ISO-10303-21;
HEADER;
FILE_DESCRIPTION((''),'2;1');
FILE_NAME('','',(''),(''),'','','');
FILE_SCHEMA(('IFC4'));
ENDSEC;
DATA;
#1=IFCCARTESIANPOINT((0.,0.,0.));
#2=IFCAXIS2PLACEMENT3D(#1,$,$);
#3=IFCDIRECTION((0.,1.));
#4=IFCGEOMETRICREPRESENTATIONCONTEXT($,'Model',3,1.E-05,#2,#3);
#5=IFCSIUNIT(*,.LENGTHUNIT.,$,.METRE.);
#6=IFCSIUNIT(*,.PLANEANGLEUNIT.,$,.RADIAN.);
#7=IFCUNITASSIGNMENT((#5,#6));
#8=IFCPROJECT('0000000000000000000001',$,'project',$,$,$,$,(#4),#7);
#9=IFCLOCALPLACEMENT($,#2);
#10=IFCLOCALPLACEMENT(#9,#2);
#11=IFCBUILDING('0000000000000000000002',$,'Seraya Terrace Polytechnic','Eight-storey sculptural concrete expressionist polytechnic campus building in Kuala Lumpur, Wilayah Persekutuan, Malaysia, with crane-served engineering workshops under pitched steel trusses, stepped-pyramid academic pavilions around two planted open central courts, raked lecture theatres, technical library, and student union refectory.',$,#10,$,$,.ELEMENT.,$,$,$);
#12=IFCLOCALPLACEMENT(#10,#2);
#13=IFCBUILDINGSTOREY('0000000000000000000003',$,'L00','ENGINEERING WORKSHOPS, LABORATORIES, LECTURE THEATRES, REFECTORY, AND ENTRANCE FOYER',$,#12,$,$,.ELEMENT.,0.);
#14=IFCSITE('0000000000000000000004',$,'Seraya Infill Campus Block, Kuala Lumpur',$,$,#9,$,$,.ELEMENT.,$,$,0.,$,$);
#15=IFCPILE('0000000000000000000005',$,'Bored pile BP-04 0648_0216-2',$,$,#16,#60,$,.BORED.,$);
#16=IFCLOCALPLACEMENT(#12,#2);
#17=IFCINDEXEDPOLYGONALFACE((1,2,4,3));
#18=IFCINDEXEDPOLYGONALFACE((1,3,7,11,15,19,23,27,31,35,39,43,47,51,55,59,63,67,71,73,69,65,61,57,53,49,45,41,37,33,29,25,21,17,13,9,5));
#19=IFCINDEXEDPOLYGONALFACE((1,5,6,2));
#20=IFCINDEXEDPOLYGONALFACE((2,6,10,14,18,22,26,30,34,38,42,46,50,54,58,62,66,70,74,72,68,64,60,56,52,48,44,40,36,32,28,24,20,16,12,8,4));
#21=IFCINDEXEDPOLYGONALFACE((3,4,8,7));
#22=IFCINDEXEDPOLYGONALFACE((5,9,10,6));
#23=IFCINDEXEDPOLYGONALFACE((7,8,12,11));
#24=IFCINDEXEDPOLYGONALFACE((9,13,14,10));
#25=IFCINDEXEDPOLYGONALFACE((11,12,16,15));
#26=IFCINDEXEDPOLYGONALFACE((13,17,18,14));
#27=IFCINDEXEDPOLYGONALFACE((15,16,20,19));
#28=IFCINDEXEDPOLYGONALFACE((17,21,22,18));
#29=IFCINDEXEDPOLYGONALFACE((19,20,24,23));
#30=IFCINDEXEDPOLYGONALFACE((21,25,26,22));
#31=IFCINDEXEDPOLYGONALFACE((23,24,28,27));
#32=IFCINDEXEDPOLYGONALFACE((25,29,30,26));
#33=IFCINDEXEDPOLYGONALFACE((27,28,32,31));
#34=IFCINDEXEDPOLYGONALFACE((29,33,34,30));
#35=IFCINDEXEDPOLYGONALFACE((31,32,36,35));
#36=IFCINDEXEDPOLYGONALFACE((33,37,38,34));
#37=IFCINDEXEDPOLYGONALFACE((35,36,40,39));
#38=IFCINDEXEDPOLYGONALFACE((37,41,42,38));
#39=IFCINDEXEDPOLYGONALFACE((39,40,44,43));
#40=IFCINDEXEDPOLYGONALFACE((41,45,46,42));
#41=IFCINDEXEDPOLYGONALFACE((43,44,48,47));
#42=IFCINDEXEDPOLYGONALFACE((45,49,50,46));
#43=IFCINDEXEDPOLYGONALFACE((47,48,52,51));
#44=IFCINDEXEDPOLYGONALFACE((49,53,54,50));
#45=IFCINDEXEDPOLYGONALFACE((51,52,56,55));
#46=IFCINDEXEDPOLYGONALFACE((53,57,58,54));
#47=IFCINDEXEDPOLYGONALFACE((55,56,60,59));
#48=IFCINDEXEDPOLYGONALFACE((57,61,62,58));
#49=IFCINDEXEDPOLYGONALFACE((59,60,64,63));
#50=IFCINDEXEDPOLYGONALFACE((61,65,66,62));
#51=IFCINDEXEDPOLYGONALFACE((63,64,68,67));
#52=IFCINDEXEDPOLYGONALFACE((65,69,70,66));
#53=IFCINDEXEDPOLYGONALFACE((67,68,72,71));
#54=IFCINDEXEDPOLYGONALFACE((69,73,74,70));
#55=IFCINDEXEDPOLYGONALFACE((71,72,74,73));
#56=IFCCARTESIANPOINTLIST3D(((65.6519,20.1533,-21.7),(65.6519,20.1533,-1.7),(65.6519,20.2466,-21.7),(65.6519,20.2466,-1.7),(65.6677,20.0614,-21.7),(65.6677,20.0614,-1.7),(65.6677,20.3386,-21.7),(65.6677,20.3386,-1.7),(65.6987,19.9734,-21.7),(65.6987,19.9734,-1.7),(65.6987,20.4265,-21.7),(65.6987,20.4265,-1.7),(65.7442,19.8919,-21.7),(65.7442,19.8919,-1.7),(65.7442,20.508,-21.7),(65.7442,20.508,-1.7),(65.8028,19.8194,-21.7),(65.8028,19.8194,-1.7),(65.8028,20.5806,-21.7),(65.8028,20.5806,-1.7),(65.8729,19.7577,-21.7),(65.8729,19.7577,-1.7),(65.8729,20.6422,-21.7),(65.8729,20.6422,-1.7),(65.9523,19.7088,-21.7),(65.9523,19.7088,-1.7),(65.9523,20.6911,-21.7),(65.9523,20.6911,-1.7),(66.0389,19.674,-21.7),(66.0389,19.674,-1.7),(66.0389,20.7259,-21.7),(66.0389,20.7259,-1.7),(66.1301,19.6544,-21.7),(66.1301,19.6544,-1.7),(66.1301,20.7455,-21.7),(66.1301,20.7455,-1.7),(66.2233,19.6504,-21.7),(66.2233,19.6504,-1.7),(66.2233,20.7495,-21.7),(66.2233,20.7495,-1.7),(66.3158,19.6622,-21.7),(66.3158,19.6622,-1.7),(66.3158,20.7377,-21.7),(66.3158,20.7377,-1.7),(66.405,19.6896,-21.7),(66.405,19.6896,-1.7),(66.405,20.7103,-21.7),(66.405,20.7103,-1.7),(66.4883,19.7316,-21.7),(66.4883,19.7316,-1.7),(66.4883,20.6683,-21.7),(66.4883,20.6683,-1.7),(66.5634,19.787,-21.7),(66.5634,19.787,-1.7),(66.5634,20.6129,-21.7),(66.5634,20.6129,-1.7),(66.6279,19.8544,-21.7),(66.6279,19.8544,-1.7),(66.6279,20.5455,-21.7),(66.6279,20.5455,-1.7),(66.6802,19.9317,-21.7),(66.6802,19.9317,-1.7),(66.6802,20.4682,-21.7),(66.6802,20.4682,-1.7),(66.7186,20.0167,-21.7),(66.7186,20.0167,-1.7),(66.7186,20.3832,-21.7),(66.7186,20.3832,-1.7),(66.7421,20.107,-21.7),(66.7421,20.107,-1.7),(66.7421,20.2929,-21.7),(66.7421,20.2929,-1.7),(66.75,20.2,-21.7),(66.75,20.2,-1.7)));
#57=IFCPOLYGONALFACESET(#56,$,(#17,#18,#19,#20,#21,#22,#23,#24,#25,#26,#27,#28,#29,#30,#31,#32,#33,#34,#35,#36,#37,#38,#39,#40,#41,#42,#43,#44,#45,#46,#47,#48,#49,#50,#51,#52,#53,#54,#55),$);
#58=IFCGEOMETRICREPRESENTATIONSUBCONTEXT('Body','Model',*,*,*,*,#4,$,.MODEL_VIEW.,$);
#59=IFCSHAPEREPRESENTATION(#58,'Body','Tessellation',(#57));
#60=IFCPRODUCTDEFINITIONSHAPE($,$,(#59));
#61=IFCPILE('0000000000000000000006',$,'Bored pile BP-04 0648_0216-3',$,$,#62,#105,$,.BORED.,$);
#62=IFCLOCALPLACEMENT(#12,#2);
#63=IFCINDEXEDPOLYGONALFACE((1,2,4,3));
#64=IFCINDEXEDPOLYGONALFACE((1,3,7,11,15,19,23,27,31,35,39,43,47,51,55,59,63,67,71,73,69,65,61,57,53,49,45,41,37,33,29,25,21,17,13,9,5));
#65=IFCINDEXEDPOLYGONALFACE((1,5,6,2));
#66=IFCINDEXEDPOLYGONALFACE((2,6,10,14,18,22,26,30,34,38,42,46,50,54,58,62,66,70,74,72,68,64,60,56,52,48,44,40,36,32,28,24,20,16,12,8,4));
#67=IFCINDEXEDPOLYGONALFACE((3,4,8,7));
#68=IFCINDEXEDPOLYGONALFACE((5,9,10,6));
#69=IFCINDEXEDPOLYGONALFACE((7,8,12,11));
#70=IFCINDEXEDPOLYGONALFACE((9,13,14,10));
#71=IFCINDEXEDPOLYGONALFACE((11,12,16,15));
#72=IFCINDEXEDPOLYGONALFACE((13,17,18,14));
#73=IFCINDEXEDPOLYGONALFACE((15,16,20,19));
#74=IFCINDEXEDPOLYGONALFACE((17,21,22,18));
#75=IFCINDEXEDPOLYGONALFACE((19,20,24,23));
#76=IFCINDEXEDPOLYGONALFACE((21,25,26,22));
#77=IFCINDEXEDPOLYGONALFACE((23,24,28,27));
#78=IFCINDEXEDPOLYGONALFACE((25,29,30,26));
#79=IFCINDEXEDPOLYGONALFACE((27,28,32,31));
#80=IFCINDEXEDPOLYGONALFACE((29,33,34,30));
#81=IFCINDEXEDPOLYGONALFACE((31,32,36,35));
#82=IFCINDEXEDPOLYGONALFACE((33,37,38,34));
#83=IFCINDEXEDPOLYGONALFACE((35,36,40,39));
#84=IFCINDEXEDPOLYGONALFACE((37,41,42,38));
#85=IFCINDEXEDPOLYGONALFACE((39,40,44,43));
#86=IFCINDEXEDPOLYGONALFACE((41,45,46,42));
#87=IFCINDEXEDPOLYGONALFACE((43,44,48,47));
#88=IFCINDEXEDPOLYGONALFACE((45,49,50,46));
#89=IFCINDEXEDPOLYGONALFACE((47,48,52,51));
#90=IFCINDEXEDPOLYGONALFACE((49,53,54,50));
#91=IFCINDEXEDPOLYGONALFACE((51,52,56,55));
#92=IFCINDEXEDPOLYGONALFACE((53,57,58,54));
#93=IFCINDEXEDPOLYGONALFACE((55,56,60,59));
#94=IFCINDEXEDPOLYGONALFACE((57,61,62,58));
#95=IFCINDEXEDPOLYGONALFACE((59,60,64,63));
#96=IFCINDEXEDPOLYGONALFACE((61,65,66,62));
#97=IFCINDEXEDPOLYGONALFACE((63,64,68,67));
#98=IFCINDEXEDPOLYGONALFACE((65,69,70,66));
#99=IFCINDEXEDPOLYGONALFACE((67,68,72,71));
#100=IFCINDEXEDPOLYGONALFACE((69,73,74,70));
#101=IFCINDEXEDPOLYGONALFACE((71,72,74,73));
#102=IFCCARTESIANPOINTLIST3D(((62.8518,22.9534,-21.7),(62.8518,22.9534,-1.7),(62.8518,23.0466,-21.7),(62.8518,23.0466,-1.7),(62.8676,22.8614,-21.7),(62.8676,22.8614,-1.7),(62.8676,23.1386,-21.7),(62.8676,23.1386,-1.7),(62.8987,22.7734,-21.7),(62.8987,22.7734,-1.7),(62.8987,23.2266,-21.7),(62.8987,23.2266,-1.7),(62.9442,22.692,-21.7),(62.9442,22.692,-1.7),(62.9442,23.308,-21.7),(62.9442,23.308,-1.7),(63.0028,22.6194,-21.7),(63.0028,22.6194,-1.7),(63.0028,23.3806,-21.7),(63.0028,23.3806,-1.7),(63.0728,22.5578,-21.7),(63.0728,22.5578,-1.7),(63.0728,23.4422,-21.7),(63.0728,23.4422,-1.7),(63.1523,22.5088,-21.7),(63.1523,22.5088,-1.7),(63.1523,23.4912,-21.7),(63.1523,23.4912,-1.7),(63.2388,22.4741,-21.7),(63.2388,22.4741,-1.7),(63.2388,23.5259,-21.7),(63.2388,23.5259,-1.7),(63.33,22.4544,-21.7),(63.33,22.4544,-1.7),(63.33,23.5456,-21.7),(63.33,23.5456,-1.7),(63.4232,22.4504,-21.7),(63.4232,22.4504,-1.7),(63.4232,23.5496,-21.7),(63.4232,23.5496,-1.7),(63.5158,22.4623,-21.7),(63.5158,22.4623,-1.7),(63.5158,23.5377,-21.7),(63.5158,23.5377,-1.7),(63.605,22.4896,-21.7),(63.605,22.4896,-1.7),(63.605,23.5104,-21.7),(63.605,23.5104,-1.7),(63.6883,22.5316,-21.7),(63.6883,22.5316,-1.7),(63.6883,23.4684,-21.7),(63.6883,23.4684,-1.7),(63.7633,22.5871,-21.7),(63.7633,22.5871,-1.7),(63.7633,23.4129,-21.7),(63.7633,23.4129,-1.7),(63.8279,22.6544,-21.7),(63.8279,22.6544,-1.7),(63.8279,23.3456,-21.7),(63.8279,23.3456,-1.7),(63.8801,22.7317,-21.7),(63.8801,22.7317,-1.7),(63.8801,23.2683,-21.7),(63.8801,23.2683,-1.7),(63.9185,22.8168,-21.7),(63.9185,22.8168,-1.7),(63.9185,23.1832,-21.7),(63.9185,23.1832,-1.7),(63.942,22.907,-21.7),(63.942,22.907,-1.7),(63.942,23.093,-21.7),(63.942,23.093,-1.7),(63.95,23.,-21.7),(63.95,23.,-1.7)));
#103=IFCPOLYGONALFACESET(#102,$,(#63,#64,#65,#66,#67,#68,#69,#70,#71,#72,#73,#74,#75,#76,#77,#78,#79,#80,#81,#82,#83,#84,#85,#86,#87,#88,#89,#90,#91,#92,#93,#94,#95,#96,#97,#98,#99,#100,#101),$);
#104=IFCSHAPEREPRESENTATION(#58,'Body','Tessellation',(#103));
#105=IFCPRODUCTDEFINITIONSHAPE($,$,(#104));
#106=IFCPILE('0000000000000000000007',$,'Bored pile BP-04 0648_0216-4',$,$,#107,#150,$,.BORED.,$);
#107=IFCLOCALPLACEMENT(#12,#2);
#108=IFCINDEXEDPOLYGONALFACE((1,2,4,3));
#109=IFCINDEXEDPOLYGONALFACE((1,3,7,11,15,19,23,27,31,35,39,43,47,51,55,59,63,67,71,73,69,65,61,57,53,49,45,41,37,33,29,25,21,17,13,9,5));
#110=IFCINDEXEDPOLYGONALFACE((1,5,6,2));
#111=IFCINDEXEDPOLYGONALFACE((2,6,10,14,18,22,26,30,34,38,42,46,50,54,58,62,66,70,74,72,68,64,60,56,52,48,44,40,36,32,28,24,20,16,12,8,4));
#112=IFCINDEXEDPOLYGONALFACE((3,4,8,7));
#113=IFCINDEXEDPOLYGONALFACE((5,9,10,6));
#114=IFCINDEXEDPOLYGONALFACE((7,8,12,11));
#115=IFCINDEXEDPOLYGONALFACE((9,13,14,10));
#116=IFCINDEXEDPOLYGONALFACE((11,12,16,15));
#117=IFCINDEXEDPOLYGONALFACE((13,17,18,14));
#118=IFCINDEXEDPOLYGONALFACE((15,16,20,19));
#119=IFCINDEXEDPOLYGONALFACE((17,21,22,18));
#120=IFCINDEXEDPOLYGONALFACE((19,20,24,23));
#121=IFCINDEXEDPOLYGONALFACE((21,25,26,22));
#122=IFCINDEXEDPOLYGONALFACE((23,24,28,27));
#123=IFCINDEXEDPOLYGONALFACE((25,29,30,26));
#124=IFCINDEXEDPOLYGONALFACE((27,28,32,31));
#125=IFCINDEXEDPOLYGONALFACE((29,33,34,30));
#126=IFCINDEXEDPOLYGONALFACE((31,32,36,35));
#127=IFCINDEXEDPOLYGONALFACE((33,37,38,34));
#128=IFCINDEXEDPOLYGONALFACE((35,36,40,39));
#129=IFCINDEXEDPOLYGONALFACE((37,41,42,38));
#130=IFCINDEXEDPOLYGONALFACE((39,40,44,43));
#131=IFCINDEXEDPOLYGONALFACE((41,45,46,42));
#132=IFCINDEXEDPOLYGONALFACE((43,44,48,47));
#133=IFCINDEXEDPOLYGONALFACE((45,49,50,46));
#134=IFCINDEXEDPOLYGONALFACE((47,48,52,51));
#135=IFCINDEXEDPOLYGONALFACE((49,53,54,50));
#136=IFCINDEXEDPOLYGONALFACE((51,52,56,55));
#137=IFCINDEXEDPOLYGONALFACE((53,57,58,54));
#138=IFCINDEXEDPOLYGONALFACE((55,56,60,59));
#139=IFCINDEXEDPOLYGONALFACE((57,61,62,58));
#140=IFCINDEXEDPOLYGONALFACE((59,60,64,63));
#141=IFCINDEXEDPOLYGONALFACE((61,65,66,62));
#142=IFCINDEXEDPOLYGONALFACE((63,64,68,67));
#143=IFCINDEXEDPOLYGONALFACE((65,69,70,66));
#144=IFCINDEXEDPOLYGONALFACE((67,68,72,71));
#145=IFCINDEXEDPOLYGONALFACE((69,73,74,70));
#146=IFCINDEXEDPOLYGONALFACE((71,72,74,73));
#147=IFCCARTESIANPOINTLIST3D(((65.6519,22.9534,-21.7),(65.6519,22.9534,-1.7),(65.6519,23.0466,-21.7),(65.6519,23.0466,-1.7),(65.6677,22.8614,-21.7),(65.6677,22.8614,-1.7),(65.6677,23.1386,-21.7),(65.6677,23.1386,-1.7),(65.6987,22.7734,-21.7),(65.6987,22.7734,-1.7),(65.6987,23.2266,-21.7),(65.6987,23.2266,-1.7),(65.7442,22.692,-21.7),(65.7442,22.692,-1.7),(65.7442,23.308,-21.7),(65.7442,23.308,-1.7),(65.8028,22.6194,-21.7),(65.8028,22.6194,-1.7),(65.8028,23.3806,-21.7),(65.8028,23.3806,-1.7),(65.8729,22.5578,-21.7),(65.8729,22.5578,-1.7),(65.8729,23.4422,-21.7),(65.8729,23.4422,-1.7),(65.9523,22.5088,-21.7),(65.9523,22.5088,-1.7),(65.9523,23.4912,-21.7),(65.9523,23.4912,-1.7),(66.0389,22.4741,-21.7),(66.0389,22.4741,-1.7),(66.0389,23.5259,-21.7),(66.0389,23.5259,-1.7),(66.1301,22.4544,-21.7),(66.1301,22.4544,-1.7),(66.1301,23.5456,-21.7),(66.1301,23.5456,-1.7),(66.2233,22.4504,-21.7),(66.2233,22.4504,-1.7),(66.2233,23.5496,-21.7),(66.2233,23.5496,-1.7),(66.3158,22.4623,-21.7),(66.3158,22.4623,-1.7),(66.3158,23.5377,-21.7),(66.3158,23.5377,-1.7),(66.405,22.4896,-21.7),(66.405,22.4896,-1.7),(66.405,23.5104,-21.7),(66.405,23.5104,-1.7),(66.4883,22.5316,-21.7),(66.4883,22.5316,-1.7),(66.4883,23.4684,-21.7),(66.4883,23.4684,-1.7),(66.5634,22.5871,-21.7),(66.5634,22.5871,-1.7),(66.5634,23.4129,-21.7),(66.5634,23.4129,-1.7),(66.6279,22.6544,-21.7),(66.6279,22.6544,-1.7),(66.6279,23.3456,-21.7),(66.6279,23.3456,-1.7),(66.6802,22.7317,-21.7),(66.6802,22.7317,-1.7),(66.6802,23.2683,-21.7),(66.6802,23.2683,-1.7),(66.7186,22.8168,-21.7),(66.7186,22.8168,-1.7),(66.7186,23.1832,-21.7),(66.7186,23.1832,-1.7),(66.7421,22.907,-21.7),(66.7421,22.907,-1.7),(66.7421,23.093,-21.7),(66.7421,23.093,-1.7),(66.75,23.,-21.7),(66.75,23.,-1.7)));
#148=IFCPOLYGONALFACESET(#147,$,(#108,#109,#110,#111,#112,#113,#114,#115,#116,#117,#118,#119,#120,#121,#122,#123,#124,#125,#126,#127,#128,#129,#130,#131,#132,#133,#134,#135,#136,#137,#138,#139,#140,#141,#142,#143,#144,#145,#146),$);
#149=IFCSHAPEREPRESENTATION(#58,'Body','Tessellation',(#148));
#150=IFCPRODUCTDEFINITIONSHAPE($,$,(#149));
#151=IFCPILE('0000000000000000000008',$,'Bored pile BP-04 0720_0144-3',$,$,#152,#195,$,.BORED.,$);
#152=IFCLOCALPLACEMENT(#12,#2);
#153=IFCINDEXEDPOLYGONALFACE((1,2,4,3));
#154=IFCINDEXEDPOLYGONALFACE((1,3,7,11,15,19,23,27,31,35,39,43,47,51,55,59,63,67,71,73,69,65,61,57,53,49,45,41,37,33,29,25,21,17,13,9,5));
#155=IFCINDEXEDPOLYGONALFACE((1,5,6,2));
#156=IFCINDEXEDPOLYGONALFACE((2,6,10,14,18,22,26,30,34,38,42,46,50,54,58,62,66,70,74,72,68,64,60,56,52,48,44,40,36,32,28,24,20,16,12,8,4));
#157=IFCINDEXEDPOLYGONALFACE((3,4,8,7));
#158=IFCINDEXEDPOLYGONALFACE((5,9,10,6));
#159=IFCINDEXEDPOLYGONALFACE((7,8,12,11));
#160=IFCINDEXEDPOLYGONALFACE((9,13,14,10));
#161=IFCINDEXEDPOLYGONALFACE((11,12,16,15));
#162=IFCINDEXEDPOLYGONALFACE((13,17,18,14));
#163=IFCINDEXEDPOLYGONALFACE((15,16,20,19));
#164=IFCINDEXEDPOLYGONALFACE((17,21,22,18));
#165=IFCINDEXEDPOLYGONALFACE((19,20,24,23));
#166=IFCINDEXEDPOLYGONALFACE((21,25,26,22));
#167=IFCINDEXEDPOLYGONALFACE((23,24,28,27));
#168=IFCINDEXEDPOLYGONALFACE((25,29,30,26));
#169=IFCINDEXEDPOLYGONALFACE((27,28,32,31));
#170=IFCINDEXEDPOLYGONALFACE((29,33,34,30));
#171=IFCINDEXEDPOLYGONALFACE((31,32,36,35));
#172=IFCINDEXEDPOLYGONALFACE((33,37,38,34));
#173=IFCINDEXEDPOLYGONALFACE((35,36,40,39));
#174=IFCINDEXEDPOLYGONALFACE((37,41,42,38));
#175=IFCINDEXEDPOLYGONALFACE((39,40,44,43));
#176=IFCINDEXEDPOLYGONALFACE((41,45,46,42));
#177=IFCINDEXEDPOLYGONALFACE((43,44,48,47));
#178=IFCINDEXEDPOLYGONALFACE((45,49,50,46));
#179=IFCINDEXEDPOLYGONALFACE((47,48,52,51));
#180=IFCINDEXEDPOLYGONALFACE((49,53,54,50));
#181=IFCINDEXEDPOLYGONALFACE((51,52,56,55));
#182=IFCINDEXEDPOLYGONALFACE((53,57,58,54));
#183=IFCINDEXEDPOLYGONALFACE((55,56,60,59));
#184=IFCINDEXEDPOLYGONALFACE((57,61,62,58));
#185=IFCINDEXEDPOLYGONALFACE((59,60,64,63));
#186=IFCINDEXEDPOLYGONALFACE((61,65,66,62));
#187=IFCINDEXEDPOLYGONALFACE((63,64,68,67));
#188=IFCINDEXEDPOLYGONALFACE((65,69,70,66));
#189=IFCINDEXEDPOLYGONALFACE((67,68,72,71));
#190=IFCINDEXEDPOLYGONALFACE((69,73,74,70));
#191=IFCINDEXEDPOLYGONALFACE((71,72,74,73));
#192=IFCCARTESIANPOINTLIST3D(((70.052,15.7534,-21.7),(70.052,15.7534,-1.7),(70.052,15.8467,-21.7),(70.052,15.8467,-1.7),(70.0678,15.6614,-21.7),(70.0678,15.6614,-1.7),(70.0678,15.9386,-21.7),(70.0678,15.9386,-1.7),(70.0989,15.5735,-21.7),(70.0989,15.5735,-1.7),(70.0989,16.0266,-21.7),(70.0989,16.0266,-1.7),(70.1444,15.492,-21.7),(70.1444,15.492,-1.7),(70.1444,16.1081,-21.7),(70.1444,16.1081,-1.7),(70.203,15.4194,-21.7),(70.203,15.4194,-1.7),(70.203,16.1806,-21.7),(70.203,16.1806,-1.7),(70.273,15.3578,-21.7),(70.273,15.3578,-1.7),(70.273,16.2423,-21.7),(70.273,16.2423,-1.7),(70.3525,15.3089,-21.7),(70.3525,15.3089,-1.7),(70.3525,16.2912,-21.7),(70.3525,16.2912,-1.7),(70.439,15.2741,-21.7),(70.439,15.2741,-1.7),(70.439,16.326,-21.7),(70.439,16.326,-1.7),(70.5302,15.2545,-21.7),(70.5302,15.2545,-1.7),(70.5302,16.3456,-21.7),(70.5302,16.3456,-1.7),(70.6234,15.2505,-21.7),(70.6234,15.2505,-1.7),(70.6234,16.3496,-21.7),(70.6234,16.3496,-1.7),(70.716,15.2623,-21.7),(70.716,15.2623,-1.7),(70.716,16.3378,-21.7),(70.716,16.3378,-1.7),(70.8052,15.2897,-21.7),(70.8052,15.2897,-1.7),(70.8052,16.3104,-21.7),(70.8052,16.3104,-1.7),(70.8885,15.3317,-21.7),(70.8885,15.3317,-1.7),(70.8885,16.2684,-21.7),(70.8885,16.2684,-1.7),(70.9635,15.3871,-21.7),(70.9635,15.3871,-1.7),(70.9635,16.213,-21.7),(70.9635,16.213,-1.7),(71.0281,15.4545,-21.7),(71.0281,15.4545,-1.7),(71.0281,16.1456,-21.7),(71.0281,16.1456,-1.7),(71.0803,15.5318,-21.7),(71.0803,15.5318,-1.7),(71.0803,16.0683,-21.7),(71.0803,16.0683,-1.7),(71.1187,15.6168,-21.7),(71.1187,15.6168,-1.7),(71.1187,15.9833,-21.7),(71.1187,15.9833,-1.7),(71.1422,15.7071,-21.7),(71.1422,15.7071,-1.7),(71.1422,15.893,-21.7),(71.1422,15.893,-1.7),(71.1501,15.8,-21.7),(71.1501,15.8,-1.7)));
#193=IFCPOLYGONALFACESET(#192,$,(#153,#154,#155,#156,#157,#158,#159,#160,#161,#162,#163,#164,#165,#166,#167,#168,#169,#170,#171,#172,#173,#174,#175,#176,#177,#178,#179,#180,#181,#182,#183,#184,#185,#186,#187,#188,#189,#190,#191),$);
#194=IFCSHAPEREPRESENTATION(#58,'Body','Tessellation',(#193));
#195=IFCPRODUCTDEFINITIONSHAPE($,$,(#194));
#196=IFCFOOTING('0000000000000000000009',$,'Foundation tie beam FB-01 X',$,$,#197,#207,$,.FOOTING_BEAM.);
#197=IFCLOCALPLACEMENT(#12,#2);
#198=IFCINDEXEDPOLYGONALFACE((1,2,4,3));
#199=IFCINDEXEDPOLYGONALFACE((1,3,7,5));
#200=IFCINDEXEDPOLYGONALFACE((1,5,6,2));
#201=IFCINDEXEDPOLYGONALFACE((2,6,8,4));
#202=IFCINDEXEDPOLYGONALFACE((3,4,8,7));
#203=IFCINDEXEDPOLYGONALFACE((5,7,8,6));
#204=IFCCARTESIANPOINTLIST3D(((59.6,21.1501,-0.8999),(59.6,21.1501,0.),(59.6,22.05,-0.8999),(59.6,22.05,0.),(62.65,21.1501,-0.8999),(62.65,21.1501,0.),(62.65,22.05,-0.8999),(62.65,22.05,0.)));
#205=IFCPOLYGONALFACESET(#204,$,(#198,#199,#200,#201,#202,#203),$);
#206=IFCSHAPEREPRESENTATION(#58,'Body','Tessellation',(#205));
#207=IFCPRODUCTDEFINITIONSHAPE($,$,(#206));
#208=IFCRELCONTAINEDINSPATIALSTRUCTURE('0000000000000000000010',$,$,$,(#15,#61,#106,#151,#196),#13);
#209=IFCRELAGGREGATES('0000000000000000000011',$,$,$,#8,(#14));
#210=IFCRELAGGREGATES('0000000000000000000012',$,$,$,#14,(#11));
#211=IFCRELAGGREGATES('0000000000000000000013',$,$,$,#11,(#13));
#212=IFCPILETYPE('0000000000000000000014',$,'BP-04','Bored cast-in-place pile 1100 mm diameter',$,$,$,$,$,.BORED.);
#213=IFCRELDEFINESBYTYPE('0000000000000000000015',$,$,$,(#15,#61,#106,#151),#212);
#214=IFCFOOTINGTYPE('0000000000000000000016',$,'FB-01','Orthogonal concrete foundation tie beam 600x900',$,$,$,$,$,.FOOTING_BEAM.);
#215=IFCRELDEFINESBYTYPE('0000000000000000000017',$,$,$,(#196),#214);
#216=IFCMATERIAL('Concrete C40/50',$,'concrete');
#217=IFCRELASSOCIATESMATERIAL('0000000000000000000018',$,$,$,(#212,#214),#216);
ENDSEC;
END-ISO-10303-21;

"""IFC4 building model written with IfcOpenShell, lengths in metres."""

from ifc_helpers import new_model, si_unit, direction, frame, origin, origin_2d, place, context, subcontext, project, spatial, rectangle, circle, extrude, material, material_profile, profile_set, type_object, element, save


model = new_model("IFC4")

# Units and contexts
model_context = context("Model", 3, precision=1e-05, world=origin(), true_north=direction((0.0, 1.0)))
body_context = subcontext(model_context, "Body", "Model", "MODEL_VIEW")
ifc_project = project(units=[si_unit("LENGTHUNIT", "METRE"), si_unit("PLANEANGLEUNIT", "RADIAN")], contexts=[model_context])

# Site, building, storey
site_placement = place(None, origin())
site = spatial("IfcSite", under=ifc_project, at=site_placement, Name="Seraya Infill Campus Block, Kuala Lumpur", CompositionType="ELEMENT", RefElevation=0.0)
building_placement = place(site_placement, origin())
building = spatial("IfcBuilding", under=site, at=building_placement, Name="Seraya Terrace Polytechnic", Description="Eight-storey sculptural concrete expressionist polytechnic campus building in Kuala Lumpur, Wilayah Persekutuan, Malaysia, with crane-served engineering workshops under pitched steel trusses, stepped-pyramid academic pavilions around two planted open central courts, raked lecture theatres, technical library, and student union refectory.", CompositionType="ELEMENT")
storey_placement = place(building_placement, origin())
storey = spatial("IfcBuildingStorey", under=building, at=storey_placement, Name="L00", Description="ENGINEERING WORKSHOPS, LABORATORIES, LECTURE THEATRES, REFECTORY, AND ENTRANCE FOYER", CompositionType="ELEMENT", Elevation=0.0)

# Piles
ifc_material_1 = material(Name="Concrete C40/50", Category="concrete")
ifc_material_profile_1 = material_profile(ifc_material_1, circle(Radius=0.55, at=origin_2d()), Name="DIA 1100")
ifc_profile_set_1 = profile_set([ifc_material_profile_1], Name="Concrete C40/50")
pile_type_1 = type_object("IfcPileType", Name="BP-04", Description="Bored cast-in-place pile 1100 mm diameter", PredefinedType="BORED", material=ifc_profile_set_1)
for number, where, z_axis, x_axis, name in (
    (1, (66.2, 20.2, -1.7), (0.0, 0.0, -1.0), (1.0, 0.0, 0.0), "Bored pile BP-04 0648_0216-2"),
    (2, (63.3999, 23.0, -1.7), (0.0, 0.0, -1.0), (1.0, 0.0, 0.0), "Bored pile BP-04 0648_0216-3"),
    (3, (66.2, 23.0, -1.7), (0.0, 0.0, -1.0), (1.0, 0.0, 0.0), "Bored pile BP-04 0648_0216-4"),
    (4, (70.6001, 15.8, -1.7), (0.0, 0.0, -1.0), (1.0, 0.0, 0.0), "Bored pile BP-04 0720_0144-3"),
):
    element("IfcPile", number, at=place(storey_placement, frame(where, z_axis=z_axis, x_axis=x_axis)), inside=storey, type_object=pile_type_1, Name=name, PredefinedType="BORED", context=body_context, shape_type="SweptSolid", body=[
        extrude(circle(Radius=0.55, at=origin_2d()), origin(), (0.0, 0.0, 1.0), 20.0),
    ])

# Footing
footing_type_1 = type_object("IfcFootingType", Name="FB-01", Description="Orthogonal concrete foundation tie beam 600x900", PredefinedType="FOOTING_BEAM", material=ifc_material_1)
footing_1_placement = place(storey_placement, frame((61.125, 21.6001, -0.8999), z_axis=(0.0, 0.0, 1.0), x_axis=(1.0, 0.0, 0.0)))
element("IfcFooting", 5, at=footing_1_placement, inside=storey, type_object=footing_type_1, Name="Foundation tie beam FB-01 X", PredefinedType="FOOTING_BEAM", context=body_context, shape_type="SweptSolid", body=[
    extrude(rectangle(XDim=3.05, YDim=0.8999, at=origin_2d()), origin(), (0.0, 0.0, 1.0), 0.8999),
])

save(model, "model.ifc")
